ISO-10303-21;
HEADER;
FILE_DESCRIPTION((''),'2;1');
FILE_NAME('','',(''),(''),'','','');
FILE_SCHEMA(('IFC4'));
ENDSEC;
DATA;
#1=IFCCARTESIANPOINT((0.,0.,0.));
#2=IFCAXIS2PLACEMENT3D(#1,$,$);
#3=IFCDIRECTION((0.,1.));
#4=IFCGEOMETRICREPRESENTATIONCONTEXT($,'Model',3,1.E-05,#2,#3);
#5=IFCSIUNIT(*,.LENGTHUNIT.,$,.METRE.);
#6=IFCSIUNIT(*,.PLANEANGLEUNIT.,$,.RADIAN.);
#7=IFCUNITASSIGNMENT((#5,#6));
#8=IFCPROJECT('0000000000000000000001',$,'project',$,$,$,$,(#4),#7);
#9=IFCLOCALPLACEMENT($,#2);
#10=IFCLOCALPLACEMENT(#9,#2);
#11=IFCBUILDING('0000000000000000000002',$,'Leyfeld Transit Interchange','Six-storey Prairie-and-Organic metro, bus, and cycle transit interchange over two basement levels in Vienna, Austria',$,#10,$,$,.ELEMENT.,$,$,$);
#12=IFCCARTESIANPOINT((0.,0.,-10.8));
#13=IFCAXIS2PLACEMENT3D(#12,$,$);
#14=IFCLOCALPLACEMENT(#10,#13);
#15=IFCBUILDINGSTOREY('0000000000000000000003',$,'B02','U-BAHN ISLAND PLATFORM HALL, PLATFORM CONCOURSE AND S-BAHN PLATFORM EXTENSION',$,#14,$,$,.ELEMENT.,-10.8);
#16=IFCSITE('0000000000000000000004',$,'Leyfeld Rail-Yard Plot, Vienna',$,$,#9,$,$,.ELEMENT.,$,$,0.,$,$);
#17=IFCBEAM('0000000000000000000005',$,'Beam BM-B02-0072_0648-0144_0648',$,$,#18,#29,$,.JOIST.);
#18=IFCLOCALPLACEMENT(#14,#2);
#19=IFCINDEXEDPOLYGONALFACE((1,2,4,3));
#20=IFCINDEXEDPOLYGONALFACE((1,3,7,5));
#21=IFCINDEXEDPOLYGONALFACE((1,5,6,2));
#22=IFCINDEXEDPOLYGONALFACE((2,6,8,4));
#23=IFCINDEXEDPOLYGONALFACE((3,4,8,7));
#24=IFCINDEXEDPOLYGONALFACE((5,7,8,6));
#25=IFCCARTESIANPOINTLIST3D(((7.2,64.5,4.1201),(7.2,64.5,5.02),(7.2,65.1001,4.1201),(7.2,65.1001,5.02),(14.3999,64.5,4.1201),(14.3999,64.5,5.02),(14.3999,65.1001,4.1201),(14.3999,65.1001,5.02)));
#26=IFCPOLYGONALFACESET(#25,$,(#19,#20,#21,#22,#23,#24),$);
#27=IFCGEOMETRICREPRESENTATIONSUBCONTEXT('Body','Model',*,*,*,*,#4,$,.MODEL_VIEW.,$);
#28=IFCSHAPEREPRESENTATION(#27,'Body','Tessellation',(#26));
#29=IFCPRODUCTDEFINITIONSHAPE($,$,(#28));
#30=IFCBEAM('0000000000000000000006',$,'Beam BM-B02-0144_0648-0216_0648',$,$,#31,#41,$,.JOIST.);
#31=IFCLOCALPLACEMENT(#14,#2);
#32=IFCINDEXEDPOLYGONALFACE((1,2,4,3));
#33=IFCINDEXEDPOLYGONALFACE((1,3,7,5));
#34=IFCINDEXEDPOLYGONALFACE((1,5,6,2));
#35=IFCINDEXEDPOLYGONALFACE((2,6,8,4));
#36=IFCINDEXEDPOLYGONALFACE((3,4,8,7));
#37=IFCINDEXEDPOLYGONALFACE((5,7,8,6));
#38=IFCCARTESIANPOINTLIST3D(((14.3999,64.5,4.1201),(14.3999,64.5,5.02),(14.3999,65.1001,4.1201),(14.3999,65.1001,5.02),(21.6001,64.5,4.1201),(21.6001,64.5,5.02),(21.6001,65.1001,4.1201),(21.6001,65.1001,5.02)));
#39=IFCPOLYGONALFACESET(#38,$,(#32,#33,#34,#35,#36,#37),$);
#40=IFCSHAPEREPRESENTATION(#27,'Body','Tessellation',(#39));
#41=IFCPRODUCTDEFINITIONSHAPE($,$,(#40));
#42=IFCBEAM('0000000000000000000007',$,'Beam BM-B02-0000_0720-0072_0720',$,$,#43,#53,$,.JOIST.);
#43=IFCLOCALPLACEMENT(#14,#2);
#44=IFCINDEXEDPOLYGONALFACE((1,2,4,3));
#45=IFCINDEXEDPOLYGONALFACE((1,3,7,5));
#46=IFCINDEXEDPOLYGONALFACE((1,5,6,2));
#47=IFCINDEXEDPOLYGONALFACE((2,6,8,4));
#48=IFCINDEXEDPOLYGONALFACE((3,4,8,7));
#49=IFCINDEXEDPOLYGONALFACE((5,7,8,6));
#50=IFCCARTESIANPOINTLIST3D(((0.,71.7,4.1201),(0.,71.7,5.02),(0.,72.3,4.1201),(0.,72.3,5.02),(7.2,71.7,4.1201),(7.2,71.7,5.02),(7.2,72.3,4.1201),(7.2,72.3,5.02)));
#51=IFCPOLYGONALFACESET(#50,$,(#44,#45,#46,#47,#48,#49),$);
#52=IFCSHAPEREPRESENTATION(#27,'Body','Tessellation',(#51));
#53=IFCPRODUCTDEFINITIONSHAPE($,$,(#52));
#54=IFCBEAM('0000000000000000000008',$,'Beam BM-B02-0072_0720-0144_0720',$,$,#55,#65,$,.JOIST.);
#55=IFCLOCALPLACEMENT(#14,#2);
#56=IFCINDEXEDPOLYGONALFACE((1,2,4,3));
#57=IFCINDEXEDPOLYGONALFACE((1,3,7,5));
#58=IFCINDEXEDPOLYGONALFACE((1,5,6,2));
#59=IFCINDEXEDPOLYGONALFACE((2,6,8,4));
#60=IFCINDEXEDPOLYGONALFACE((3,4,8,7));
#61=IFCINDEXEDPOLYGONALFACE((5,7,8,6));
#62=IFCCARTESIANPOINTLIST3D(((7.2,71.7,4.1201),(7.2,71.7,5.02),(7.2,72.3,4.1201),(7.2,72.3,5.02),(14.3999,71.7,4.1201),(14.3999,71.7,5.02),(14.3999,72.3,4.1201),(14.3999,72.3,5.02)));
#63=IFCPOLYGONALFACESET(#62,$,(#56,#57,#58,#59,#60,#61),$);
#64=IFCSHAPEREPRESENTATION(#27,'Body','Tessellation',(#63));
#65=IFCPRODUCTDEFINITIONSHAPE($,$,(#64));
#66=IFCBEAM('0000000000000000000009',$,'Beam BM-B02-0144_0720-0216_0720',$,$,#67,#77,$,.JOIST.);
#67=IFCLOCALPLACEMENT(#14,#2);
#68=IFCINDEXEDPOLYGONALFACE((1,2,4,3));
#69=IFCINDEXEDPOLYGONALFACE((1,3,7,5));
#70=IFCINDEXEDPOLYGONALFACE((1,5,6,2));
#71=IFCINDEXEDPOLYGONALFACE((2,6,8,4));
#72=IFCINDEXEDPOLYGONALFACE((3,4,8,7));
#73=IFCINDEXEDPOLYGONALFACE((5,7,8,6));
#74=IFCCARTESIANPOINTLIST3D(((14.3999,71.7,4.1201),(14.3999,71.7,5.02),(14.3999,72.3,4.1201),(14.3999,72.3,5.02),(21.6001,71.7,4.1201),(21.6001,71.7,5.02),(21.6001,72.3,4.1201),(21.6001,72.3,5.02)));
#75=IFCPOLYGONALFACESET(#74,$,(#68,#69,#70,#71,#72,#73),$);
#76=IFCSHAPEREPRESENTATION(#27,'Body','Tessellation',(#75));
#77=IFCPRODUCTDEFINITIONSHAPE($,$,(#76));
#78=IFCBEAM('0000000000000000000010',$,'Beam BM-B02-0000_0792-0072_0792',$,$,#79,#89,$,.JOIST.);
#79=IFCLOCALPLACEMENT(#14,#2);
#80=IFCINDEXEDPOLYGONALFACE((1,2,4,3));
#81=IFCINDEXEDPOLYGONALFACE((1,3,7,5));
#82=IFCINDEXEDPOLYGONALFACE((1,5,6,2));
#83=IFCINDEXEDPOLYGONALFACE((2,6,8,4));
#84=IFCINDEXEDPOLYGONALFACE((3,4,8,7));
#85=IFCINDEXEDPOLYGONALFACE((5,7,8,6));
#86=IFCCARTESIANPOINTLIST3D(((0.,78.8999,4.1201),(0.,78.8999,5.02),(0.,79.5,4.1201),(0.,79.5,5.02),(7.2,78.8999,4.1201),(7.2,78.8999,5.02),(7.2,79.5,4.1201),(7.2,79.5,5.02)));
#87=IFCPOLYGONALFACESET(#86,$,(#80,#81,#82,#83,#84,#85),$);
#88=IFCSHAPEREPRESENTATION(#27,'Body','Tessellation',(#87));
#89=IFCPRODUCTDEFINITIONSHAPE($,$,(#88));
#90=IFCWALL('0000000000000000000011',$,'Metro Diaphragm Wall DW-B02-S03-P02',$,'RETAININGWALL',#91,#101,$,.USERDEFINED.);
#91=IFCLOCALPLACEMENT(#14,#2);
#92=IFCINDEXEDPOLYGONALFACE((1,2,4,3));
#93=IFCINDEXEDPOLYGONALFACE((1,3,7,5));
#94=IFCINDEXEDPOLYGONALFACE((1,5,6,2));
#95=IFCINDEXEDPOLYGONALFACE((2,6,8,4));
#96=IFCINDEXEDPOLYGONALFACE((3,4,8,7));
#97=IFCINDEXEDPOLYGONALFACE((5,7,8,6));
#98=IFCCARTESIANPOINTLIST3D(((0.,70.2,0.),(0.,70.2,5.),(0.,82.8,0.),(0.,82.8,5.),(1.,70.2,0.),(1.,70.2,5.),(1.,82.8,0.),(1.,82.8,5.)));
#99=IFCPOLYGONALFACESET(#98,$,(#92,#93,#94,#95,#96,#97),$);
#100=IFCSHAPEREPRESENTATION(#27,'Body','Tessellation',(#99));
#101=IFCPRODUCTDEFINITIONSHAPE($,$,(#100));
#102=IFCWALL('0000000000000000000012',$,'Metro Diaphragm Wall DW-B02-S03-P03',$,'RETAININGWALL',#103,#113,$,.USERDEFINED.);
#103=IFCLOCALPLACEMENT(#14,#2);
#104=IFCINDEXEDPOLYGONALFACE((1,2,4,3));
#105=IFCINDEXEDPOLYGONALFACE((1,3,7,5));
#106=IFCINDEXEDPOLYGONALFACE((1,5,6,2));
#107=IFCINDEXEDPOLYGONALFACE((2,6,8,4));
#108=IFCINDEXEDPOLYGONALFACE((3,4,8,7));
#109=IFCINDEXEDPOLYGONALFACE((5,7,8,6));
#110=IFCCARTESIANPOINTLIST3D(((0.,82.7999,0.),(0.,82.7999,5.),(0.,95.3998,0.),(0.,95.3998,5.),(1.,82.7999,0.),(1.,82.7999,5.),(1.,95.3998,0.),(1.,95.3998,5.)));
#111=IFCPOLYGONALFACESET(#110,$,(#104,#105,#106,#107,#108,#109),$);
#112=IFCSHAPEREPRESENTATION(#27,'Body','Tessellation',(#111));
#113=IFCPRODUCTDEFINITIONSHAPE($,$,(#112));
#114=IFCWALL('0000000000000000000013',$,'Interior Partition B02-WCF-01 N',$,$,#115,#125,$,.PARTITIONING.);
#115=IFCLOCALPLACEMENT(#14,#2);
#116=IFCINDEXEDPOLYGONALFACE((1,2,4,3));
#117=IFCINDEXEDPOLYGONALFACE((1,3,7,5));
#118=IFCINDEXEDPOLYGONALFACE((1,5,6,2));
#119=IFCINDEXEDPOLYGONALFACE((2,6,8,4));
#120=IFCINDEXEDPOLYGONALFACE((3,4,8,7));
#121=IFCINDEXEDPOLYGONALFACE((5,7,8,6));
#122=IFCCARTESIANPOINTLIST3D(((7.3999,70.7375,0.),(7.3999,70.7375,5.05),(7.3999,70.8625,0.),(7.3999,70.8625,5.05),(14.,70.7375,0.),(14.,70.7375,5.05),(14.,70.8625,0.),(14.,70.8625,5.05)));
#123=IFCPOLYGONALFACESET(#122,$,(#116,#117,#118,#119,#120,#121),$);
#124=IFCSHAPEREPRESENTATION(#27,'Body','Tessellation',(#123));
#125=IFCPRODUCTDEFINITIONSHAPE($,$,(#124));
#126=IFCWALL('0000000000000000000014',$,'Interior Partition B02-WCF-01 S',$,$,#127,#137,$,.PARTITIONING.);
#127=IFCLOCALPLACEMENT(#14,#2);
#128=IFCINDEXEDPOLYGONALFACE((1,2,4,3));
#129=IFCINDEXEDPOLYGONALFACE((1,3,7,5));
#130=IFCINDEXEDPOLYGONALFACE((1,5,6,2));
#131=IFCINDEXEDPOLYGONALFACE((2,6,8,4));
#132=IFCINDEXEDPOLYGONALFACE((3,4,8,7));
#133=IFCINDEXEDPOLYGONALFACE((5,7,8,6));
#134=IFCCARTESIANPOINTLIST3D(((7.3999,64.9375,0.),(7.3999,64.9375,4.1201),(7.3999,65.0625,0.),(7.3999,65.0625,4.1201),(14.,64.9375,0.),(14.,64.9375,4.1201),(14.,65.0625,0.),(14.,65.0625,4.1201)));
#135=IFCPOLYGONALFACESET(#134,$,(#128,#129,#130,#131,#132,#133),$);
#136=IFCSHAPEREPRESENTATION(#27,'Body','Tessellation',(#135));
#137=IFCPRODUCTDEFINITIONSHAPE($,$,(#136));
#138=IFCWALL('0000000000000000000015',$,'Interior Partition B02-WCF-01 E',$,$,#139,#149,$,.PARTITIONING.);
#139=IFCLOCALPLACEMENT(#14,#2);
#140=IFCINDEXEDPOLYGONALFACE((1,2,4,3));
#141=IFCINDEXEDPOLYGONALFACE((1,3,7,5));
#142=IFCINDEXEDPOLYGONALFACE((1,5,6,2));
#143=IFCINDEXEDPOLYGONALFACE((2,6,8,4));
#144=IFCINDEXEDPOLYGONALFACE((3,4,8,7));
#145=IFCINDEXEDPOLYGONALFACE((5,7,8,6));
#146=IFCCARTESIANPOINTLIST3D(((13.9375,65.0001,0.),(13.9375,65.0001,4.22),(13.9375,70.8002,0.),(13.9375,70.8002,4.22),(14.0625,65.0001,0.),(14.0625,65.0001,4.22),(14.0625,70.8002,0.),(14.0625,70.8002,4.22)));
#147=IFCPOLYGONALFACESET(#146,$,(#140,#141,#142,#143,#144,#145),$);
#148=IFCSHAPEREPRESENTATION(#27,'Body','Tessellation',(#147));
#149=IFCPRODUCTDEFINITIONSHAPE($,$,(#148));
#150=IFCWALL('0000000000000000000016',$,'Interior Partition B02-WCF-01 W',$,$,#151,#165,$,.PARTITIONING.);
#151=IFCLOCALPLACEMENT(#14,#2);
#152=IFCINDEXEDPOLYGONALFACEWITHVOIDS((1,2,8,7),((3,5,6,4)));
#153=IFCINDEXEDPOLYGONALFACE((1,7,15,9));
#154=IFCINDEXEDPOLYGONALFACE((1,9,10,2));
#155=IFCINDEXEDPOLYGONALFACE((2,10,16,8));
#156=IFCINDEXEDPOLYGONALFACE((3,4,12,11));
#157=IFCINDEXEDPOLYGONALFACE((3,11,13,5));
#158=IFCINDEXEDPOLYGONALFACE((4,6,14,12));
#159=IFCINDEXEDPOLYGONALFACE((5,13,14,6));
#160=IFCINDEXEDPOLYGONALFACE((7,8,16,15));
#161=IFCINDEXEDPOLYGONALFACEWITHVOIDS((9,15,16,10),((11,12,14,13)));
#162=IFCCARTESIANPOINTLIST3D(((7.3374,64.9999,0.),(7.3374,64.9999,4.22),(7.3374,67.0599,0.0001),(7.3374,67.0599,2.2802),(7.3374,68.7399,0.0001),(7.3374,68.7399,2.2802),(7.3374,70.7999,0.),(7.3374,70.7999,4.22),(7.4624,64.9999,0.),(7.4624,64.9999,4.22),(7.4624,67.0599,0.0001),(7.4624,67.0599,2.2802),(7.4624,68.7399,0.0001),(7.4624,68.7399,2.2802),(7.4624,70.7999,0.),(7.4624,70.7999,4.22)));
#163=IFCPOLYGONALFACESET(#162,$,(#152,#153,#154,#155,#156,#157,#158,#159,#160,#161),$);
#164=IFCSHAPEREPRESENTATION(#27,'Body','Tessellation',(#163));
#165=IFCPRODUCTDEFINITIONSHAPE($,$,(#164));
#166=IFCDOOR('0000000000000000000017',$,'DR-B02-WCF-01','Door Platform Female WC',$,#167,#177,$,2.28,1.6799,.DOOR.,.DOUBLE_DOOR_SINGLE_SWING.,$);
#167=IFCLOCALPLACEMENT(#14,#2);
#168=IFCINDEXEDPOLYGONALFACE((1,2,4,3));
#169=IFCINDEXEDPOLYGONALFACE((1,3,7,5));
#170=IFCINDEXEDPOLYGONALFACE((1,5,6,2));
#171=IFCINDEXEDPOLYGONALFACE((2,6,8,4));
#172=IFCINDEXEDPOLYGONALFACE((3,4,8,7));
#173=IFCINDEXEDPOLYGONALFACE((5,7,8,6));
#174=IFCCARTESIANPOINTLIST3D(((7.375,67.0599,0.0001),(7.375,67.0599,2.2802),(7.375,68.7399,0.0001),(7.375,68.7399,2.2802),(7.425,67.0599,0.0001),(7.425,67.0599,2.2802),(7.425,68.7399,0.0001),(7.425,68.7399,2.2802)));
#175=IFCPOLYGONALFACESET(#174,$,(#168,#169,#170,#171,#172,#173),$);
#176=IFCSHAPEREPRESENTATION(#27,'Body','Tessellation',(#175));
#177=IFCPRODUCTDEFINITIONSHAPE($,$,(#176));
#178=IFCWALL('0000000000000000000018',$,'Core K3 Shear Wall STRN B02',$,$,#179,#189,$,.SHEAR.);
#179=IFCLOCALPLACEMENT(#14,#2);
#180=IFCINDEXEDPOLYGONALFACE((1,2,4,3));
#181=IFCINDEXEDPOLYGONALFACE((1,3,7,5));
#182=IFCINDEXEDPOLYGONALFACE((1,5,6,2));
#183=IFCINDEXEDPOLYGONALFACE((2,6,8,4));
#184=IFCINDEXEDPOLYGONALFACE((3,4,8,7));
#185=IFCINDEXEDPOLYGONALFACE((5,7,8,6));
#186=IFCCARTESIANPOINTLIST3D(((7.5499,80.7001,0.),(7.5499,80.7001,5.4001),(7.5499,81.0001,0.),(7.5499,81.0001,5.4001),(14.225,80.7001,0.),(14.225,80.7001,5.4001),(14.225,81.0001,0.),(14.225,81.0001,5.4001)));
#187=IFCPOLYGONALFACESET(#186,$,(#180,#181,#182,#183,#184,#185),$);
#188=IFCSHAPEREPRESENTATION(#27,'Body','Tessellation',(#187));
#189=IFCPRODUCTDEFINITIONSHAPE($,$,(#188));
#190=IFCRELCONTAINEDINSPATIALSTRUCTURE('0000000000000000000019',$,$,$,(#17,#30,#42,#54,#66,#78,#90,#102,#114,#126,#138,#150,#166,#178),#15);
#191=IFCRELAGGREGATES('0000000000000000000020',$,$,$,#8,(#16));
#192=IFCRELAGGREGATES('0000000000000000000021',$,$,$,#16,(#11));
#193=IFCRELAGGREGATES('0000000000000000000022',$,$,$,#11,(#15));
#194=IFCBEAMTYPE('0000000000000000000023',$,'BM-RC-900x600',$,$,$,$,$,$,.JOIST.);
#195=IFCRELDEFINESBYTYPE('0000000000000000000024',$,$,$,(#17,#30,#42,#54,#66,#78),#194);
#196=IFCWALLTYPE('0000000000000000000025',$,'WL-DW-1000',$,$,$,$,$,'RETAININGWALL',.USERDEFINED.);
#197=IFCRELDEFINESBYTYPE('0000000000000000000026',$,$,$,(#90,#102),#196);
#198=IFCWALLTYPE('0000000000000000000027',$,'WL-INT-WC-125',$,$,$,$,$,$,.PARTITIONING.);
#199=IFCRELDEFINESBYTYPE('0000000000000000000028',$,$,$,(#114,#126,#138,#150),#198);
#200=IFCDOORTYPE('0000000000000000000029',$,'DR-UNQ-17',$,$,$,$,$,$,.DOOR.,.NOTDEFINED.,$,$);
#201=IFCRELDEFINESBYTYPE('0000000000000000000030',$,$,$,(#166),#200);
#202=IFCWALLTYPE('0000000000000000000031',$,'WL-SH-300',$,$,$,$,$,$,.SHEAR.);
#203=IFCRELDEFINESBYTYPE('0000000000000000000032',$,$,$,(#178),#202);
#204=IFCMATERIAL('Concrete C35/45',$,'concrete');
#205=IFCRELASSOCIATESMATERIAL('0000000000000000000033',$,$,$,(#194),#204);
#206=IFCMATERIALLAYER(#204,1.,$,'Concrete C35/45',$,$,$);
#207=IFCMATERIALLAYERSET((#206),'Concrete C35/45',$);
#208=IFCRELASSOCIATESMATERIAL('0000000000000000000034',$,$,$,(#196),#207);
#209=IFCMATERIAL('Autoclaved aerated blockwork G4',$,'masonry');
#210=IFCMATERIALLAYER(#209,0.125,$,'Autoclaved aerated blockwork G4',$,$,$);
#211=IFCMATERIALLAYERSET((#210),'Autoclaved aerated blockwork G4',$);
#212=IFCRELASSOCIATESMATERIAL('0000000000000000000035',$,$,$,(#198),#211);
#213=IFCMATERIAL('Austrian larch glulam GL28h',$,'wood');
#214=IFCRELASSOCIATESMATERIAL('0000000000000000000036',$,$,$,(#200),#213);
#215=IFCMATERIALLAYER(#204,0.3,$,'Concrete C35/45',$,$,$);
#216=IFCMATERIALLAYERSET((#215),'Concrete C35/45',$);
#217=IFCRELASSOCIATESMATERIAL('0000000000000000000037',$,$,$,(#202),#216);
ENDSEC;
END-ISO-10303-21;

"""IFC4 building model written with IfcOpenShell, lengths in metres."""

from ifc_helpers import new_model, si_unit, direction, frame, frame_2d, origin, origin_2d, place, context, subcontext, project, spatial, rectangle, extrude, material, layer, layer_set, material_profile, profile_set, type_object, element, fill, save


model = new_model("IFC4")

# Units and contexts
model_context = context("Model", 3, precision=1e-05, world=origin(), true_north=direction((0.0, 1.0)))
body_context = subcontext(model_context, "Body", "Model", "MODEL_VIEW")
ifc_project = project(units=[si_unit("LENGTHUNIT", "METRE"), si_unit("PLANEANGLEUNIT", "RADIAN")], contexts=[model_context])

# Site, building, storey
site_placement = place(None, origin())
site = spatial("IfcSite", under=ifc_project, at=site_placement, Name="Leyfeld Rail-Yard Plot, Vienna", CompositionType="ELEMENT", RefElevation=0.0)
building_placement = place(site_placement, origin())
building = spatial("IfcBuilding", under=site, at=building_placement, Name="Leyfeld Transit Interchange", Description="Six-storey Prairie-and-Organic metro, bus, and cycle transit interchange over two basement levels in Vienna, Austria", CompositionType="ELEMENT")
storey_placement = place(building_placement, frame((0.0, 0.0, -10.8)))
storey = spatial("IfcBuildingStorey", under=building, at=storey_placement, Name="B02", Description="U-BAHN ISLAND PLATFORM HALL, PLATFORM CONCOURSE AND S-BAHN PLATFORM EXTENSION", CompositionType="ELEMENT", Elevation=-10.8)

# Shared definitions
ifc_material_1 = material(Name="Concrete C35/45", Category="concrete")

# Beams
ifc_material_profile_1 = material_profile(ifc_material_1, rectangle(XDim=0.6001, YDim=0.8999, at=origin_2d()), Name="RC 900x600")
ifc_profile_set_1 = profile_set([ifc_material_profile_1], Name="Concrete C35/45")
beam_type_1 = type_object("IfcBeamType", Name="BM-RC-900x600", PredefinedType="JOIST", material=ifc_profile_set_1)
beam_1_placement = place(storey_placement, frame((7.2, 64.8, 4.5701), z_axis=(1.0, 0.0, 0.0), x_axis=(0.0, 1.0, 0.0)))
element("IfcBeam", 1, at=beam_1_placement, inside=storey, type_object=beam_type_1, Name="Beam BM-B02-0072_0648-0144_0648", PredefinedType="JOIST", context=body_context, shape_type="SweptSolid", body=[
    extrude(rectangle(XDim=0.6001, YDim=0.8999, at=origin_2d()), origin(), (0.0, 0.0, 1.0), 7.2),
])
beam_2_placement = place(storey_placement, frame((14.3999, 64.8, 4.5701), z_axis=(1.0, 0.0, 0.0), x_axis=(0.0, 1.0, 0.0)))
element("IfcBeam", 2, at=beam_2_placement, inside=storey, type_object=beam_type_1, Name="Beam BM-B02-0144_0648-0216_0648", PredefinedType="JOIST", context=body_context, shape_type="SweptSolid", body=[
    extrude(rectangle(XDim=0.6001, YDim=0.8999, at=origin_2d()), origin(), (0.0, 0.0, 1.0), 7.2002),
])
for number, where, z_axis, x_axis, name in (
    (3, (0.0, 72.0, 4.5701), (1.0, 0.0, 0.0), (0.0, 1.0, 0.0), "Beam BM-B02-0000_0720-0072_0720"),
    (4, (7.2, 72.0, 4.5701), (1.0, 0.0, 0.0), (0.0, 1.0, 0.0), "Beam BM-B02-0072_0720-0144_0720"),
):
    element("IfcBeam", number, at=place(storey_placement, frame(where, z_axis=z_axis, x_axis=x_axis)), inside=storey, type_object=beam_type_1, Name=name, PredefinedType="JOIST", context=body_context, shape_type="SweptSolid", body=[
        extrude(rectangle(XDim=0.6001, YDim=0.8999, at=origin_2d()), origin(), (0.0, 0.0, 1.0), 7.2),
    ])
beam_3_placement = place(storey_placement, frame((14.3999, 72.0, 4.5701), z_axis=(1.0, 0.0, 0.0), x_axis=(0.0, 1.0, 0.0)))
element("IfcBeam", 5, at=beam_3_placement, inside=storey, type_object=beam_type_1, Name="Beam BM-B02-0144_0720-0216_0720", PredefinedType="JOIST", context=body_context, shape_type="SweptSolid", body=[
    extrude(rectangle(XDim=0.6001, YDim=0.8999, at=origin_2d()), origin(), (0.0, 0.0, 1.0), 7.2002),
])
beam_4_placement = place(storey_placement, frame((0.0, 79.2, 4.5701), z_axis=(1.0, 0.0, 0.0), x_axis=(0.0, 1.0, 0.0)))
element("IfcBeam", 6, at=beam_4_placement, inside=storey, type_object=beam_type_1, Name="Beam BM-B02-0000_0792-0072_0792", PredefinedType="JOIST", context=body_context, shape_type="SweptSolid", body=[
    extrude(rectangle(XDim=0.6001, YDim=0.8999, at=origin_2d()), origin(), (0.0, 0.0, 1.0), 7.2),
])

# Walls
ifc_layer_1 = layer(ifc_material_1, 1.0, Name="Concrete C35/45")
ifc_layer_set_1 = layer_set([ifc_layer_1], Name="Concrete C35/45")
wall_type_1 = type_object("IfcWallType", Name="WL-DW-1000", ElementType="RETAININGWALL", PredefinedType="USERDEFINED", material=ifc_layer_set_1)
wall_1_placement = place(storey_placement, frame((0.5, 70.2, 0.0), z_axis=(0.0, 0.0, 1.0), x_axis=(0.0, 1.0, 0.0)))
element("IfcWall", 7, at=wall_1_placement, inside=storey, type_object=wall_type_1, Name="Metro Diaphragm Wall DW-B02-S03-P02", ObjectType="RETAININGWALL", PredefinedType="USERDEFINED", context=body_context, shape_type="SweptSolid", body=[
    extrude(rectangle(XDim=12.6001, YDim=1.0, at=frame_2d((6.3, 0.0))), origin(), (0.0, 0.0, 1.0), 5.0),
])
wall_2_placement = place(storey_placement, frame((0.5, 82.8, 0.0), z_axis=(0.0, 0.0, 1.0), x_axis=(0.0, 1.0, 0.0)))
element("IfcWall", 8, at=wall_2_placement, inside=storey, type_object=wall_type_1, Name="Metro Diaphragm Wall DW-B02-S03-P03", ObjectType="RETAININGWALL", PredefinedType="USERDEFINED", context=body_context, shape_type="SweptSolid", body=[
    extrude(rectangle(XDim=12.5999, YDim=1.0, at=frame_2d((6.2998, 0.0))), origin(), (0.0, 0.0, 1.0), 5.0),
])
ifc_material_2 = material(Name="Autoclaved aerated blockwork G4", Category="masonry")
ifc_layer_2 = layer(ifc_material_2, 0.125, Name="Autoclaved aerated blockwork G4")
ifc_layer_set_2 = layer_set([ifc_layer_2], Name="Autoclaved aerated blockwork G4")
wall_type_2 = type_object("IfcWallType", Name="WL-INT-WC-125", PredefinedType="PARTITIONING", material=ifc_layer_set_2)
wall_3_placement = place(storey_placement, frame((7.3999, 70.8, 0.0), z_axis=(0.0, 0.0, 1.0), x_axis=(1.0, 0.0, 0.0)))
element("IfcWall", 9, at=wall_3_placement, inside=storey, type_object=wall_type_2, Name="Interior Partition B02-WCF-01 N", PredefinedType="PARTITIONING", context=body_context, shape_type="SweptSolid", body=[
    extrude(rectangle(XDim=6.6001, YDim=0.125, at=frame_2d((3.3, 0.0))), origin(), (0.0, 0.0, 1.0), 5.05),
])
wall_4_placement = place(storey_placement, frame((14.0, 65.0, 0.0), z_axis=(0.0, 0.0, 1.0), x_axis=(-1.0, 0.0, 0.0)))
element("IfcWall", 10, at=wall_4_placement, inside=storey, type_object=wall_type_2, Name="Interior Partition B02-WCF-01 S", PredefinedType="PARTITIONING", context=body_context, shape_type="SweptSolid", body=[
    extrude(rectangle(XDim=6.6001, YDim=0.125, at=frame_2d((3.3, 0.0))), origin(), (0.0, 0.0, 1.0), 4.1201),
])
wall_5_placement = place(storey_placement, frame((14.0, 70.8, 0.0), z_axis=(0.0, 0.0, 1.0), x_axis=(0.0, -1.0, 0.0)))
element("IfcWall", 11, at=wall_5_placement, inside=storey, type_object=wall_type_2, Name="Interior Partition B02-WCF-01 E", PredefinedType="PARTITIONING", context=body_context, shape_type="SweptSolid", body=[
    extrude(rectangle(XDim=5.8, YDim=0.125, at=frame_2d((2.8999, 0.0))), origin(), (0.0, 0.0, 1.0), 4.22),
])

# Wall, opening, door
wall_6_placement = place(storey_placement, frame((7.3999, 65.0, 0.0), z_axis=(0.0, 0.0, 1.0), x_axis=(0.0, 1.0, 0.0)))
wall_6 = element("IfcWall", 12, at=wall_6_placement, inside=storey, type_object=wall_type_2, Name="Interior Partition B02-WCF-01 W", PredefinedType="PARTITIONING", context=body_context, shape_type="SweptSolid", body=[
    extrude(rectangle(XDim=5.8, YDim=0.125, at=frame_2d((2.8999, 0.0))), origin(), (0.0, 0.0, 1.0), 4.22),
])
opening_placement = place(wall_6_placement, frame((2.0601, 0.0, 0.0)))
opening = element("IfcOpeningElement", 13, at=opening_placement, cuts=wall_6, PredefinedType="OPENING", context=body_context, shape_type="SweptSolid", body=[
    extrude(rectangle(XDim=1.6799, YDim=2.28, at=frame_2d((0.8398, 1.1401))), frame((0.0, 0.0725, 0.0), z_axis=(0.0, -1.0, 0.0), x_axis=(1.0, 0.0, 0.0)), (0.0, 0.0, 1.0), 0.145),
])
ifc_material_3 = material(Name="Austrian larch glulam GL28h", Category="wood")
door_type = type_object("IfcDoorType", Name="DR-UNQ-17", OperationType="NOTDEFINED", PredefinedType="DOOR", material=ifc_material_3)
door_placement = place(opening_placement, origin())
door = element("IfcDoor", 14, at=door_placement, inside=storey, type_object=door_type, Name="DR-B02-WCF-01", Description="Door Platform Female WC", OperationType="DOUBLE_DOOR_SINGLE_SWING", OverallHeight=2.28, OverallWidth=1.6799, PredefinedType="DOOR", context=body_context, shape_type="SweptSolid", body=[
    extrude(rectangle(XDim=1.6799, YDim=2.28, at=frame_2d((0.8398, 1.1401))), frame((0.0, 0.0249, 0.0), z_axis=(0.0, -1.0, 0.0), x_axis=(1.0, 0.0, 0.0)), (0.0, 0.0, 1.0), 0.05),
])
fill(opening, door)

# Wall
ifc_layer_3 = layer(ifc_material_1, 0.3, Name="Concrete C35/45")
ifc_layer_set_3 = layer_set([ifc_layer_3], Name="Concrete C35/45")
wall_type_3 = type_object("IfcWallType", Name="WL-SH-300", PredefinedType="SHEAR", material=ifc_layer_set_3)
wall_7_placement = place(storey_placement, frame((7.55, 80.8501, 0.0), z_axis=(0.0, 0.0, 1.0), x_axis=(1.0, 0.0, 0.0)))
element("IfcWall", 15, at=wall_7_placement, inside=storey, type_object=wall_type_3, Name="Core K3 Shear Wall STRN B02", PredefinedType="SHEAR", context=body_context, shape_type="SweptSolid", body=[
    extrude(rectangle(XDim=6.675, YDim=0.3, at=frame_2d((3.3374, 0.0))), origin(), (0.0, 0.0, 1.0), 5.4001),
])

save(model, "model.ifc")
